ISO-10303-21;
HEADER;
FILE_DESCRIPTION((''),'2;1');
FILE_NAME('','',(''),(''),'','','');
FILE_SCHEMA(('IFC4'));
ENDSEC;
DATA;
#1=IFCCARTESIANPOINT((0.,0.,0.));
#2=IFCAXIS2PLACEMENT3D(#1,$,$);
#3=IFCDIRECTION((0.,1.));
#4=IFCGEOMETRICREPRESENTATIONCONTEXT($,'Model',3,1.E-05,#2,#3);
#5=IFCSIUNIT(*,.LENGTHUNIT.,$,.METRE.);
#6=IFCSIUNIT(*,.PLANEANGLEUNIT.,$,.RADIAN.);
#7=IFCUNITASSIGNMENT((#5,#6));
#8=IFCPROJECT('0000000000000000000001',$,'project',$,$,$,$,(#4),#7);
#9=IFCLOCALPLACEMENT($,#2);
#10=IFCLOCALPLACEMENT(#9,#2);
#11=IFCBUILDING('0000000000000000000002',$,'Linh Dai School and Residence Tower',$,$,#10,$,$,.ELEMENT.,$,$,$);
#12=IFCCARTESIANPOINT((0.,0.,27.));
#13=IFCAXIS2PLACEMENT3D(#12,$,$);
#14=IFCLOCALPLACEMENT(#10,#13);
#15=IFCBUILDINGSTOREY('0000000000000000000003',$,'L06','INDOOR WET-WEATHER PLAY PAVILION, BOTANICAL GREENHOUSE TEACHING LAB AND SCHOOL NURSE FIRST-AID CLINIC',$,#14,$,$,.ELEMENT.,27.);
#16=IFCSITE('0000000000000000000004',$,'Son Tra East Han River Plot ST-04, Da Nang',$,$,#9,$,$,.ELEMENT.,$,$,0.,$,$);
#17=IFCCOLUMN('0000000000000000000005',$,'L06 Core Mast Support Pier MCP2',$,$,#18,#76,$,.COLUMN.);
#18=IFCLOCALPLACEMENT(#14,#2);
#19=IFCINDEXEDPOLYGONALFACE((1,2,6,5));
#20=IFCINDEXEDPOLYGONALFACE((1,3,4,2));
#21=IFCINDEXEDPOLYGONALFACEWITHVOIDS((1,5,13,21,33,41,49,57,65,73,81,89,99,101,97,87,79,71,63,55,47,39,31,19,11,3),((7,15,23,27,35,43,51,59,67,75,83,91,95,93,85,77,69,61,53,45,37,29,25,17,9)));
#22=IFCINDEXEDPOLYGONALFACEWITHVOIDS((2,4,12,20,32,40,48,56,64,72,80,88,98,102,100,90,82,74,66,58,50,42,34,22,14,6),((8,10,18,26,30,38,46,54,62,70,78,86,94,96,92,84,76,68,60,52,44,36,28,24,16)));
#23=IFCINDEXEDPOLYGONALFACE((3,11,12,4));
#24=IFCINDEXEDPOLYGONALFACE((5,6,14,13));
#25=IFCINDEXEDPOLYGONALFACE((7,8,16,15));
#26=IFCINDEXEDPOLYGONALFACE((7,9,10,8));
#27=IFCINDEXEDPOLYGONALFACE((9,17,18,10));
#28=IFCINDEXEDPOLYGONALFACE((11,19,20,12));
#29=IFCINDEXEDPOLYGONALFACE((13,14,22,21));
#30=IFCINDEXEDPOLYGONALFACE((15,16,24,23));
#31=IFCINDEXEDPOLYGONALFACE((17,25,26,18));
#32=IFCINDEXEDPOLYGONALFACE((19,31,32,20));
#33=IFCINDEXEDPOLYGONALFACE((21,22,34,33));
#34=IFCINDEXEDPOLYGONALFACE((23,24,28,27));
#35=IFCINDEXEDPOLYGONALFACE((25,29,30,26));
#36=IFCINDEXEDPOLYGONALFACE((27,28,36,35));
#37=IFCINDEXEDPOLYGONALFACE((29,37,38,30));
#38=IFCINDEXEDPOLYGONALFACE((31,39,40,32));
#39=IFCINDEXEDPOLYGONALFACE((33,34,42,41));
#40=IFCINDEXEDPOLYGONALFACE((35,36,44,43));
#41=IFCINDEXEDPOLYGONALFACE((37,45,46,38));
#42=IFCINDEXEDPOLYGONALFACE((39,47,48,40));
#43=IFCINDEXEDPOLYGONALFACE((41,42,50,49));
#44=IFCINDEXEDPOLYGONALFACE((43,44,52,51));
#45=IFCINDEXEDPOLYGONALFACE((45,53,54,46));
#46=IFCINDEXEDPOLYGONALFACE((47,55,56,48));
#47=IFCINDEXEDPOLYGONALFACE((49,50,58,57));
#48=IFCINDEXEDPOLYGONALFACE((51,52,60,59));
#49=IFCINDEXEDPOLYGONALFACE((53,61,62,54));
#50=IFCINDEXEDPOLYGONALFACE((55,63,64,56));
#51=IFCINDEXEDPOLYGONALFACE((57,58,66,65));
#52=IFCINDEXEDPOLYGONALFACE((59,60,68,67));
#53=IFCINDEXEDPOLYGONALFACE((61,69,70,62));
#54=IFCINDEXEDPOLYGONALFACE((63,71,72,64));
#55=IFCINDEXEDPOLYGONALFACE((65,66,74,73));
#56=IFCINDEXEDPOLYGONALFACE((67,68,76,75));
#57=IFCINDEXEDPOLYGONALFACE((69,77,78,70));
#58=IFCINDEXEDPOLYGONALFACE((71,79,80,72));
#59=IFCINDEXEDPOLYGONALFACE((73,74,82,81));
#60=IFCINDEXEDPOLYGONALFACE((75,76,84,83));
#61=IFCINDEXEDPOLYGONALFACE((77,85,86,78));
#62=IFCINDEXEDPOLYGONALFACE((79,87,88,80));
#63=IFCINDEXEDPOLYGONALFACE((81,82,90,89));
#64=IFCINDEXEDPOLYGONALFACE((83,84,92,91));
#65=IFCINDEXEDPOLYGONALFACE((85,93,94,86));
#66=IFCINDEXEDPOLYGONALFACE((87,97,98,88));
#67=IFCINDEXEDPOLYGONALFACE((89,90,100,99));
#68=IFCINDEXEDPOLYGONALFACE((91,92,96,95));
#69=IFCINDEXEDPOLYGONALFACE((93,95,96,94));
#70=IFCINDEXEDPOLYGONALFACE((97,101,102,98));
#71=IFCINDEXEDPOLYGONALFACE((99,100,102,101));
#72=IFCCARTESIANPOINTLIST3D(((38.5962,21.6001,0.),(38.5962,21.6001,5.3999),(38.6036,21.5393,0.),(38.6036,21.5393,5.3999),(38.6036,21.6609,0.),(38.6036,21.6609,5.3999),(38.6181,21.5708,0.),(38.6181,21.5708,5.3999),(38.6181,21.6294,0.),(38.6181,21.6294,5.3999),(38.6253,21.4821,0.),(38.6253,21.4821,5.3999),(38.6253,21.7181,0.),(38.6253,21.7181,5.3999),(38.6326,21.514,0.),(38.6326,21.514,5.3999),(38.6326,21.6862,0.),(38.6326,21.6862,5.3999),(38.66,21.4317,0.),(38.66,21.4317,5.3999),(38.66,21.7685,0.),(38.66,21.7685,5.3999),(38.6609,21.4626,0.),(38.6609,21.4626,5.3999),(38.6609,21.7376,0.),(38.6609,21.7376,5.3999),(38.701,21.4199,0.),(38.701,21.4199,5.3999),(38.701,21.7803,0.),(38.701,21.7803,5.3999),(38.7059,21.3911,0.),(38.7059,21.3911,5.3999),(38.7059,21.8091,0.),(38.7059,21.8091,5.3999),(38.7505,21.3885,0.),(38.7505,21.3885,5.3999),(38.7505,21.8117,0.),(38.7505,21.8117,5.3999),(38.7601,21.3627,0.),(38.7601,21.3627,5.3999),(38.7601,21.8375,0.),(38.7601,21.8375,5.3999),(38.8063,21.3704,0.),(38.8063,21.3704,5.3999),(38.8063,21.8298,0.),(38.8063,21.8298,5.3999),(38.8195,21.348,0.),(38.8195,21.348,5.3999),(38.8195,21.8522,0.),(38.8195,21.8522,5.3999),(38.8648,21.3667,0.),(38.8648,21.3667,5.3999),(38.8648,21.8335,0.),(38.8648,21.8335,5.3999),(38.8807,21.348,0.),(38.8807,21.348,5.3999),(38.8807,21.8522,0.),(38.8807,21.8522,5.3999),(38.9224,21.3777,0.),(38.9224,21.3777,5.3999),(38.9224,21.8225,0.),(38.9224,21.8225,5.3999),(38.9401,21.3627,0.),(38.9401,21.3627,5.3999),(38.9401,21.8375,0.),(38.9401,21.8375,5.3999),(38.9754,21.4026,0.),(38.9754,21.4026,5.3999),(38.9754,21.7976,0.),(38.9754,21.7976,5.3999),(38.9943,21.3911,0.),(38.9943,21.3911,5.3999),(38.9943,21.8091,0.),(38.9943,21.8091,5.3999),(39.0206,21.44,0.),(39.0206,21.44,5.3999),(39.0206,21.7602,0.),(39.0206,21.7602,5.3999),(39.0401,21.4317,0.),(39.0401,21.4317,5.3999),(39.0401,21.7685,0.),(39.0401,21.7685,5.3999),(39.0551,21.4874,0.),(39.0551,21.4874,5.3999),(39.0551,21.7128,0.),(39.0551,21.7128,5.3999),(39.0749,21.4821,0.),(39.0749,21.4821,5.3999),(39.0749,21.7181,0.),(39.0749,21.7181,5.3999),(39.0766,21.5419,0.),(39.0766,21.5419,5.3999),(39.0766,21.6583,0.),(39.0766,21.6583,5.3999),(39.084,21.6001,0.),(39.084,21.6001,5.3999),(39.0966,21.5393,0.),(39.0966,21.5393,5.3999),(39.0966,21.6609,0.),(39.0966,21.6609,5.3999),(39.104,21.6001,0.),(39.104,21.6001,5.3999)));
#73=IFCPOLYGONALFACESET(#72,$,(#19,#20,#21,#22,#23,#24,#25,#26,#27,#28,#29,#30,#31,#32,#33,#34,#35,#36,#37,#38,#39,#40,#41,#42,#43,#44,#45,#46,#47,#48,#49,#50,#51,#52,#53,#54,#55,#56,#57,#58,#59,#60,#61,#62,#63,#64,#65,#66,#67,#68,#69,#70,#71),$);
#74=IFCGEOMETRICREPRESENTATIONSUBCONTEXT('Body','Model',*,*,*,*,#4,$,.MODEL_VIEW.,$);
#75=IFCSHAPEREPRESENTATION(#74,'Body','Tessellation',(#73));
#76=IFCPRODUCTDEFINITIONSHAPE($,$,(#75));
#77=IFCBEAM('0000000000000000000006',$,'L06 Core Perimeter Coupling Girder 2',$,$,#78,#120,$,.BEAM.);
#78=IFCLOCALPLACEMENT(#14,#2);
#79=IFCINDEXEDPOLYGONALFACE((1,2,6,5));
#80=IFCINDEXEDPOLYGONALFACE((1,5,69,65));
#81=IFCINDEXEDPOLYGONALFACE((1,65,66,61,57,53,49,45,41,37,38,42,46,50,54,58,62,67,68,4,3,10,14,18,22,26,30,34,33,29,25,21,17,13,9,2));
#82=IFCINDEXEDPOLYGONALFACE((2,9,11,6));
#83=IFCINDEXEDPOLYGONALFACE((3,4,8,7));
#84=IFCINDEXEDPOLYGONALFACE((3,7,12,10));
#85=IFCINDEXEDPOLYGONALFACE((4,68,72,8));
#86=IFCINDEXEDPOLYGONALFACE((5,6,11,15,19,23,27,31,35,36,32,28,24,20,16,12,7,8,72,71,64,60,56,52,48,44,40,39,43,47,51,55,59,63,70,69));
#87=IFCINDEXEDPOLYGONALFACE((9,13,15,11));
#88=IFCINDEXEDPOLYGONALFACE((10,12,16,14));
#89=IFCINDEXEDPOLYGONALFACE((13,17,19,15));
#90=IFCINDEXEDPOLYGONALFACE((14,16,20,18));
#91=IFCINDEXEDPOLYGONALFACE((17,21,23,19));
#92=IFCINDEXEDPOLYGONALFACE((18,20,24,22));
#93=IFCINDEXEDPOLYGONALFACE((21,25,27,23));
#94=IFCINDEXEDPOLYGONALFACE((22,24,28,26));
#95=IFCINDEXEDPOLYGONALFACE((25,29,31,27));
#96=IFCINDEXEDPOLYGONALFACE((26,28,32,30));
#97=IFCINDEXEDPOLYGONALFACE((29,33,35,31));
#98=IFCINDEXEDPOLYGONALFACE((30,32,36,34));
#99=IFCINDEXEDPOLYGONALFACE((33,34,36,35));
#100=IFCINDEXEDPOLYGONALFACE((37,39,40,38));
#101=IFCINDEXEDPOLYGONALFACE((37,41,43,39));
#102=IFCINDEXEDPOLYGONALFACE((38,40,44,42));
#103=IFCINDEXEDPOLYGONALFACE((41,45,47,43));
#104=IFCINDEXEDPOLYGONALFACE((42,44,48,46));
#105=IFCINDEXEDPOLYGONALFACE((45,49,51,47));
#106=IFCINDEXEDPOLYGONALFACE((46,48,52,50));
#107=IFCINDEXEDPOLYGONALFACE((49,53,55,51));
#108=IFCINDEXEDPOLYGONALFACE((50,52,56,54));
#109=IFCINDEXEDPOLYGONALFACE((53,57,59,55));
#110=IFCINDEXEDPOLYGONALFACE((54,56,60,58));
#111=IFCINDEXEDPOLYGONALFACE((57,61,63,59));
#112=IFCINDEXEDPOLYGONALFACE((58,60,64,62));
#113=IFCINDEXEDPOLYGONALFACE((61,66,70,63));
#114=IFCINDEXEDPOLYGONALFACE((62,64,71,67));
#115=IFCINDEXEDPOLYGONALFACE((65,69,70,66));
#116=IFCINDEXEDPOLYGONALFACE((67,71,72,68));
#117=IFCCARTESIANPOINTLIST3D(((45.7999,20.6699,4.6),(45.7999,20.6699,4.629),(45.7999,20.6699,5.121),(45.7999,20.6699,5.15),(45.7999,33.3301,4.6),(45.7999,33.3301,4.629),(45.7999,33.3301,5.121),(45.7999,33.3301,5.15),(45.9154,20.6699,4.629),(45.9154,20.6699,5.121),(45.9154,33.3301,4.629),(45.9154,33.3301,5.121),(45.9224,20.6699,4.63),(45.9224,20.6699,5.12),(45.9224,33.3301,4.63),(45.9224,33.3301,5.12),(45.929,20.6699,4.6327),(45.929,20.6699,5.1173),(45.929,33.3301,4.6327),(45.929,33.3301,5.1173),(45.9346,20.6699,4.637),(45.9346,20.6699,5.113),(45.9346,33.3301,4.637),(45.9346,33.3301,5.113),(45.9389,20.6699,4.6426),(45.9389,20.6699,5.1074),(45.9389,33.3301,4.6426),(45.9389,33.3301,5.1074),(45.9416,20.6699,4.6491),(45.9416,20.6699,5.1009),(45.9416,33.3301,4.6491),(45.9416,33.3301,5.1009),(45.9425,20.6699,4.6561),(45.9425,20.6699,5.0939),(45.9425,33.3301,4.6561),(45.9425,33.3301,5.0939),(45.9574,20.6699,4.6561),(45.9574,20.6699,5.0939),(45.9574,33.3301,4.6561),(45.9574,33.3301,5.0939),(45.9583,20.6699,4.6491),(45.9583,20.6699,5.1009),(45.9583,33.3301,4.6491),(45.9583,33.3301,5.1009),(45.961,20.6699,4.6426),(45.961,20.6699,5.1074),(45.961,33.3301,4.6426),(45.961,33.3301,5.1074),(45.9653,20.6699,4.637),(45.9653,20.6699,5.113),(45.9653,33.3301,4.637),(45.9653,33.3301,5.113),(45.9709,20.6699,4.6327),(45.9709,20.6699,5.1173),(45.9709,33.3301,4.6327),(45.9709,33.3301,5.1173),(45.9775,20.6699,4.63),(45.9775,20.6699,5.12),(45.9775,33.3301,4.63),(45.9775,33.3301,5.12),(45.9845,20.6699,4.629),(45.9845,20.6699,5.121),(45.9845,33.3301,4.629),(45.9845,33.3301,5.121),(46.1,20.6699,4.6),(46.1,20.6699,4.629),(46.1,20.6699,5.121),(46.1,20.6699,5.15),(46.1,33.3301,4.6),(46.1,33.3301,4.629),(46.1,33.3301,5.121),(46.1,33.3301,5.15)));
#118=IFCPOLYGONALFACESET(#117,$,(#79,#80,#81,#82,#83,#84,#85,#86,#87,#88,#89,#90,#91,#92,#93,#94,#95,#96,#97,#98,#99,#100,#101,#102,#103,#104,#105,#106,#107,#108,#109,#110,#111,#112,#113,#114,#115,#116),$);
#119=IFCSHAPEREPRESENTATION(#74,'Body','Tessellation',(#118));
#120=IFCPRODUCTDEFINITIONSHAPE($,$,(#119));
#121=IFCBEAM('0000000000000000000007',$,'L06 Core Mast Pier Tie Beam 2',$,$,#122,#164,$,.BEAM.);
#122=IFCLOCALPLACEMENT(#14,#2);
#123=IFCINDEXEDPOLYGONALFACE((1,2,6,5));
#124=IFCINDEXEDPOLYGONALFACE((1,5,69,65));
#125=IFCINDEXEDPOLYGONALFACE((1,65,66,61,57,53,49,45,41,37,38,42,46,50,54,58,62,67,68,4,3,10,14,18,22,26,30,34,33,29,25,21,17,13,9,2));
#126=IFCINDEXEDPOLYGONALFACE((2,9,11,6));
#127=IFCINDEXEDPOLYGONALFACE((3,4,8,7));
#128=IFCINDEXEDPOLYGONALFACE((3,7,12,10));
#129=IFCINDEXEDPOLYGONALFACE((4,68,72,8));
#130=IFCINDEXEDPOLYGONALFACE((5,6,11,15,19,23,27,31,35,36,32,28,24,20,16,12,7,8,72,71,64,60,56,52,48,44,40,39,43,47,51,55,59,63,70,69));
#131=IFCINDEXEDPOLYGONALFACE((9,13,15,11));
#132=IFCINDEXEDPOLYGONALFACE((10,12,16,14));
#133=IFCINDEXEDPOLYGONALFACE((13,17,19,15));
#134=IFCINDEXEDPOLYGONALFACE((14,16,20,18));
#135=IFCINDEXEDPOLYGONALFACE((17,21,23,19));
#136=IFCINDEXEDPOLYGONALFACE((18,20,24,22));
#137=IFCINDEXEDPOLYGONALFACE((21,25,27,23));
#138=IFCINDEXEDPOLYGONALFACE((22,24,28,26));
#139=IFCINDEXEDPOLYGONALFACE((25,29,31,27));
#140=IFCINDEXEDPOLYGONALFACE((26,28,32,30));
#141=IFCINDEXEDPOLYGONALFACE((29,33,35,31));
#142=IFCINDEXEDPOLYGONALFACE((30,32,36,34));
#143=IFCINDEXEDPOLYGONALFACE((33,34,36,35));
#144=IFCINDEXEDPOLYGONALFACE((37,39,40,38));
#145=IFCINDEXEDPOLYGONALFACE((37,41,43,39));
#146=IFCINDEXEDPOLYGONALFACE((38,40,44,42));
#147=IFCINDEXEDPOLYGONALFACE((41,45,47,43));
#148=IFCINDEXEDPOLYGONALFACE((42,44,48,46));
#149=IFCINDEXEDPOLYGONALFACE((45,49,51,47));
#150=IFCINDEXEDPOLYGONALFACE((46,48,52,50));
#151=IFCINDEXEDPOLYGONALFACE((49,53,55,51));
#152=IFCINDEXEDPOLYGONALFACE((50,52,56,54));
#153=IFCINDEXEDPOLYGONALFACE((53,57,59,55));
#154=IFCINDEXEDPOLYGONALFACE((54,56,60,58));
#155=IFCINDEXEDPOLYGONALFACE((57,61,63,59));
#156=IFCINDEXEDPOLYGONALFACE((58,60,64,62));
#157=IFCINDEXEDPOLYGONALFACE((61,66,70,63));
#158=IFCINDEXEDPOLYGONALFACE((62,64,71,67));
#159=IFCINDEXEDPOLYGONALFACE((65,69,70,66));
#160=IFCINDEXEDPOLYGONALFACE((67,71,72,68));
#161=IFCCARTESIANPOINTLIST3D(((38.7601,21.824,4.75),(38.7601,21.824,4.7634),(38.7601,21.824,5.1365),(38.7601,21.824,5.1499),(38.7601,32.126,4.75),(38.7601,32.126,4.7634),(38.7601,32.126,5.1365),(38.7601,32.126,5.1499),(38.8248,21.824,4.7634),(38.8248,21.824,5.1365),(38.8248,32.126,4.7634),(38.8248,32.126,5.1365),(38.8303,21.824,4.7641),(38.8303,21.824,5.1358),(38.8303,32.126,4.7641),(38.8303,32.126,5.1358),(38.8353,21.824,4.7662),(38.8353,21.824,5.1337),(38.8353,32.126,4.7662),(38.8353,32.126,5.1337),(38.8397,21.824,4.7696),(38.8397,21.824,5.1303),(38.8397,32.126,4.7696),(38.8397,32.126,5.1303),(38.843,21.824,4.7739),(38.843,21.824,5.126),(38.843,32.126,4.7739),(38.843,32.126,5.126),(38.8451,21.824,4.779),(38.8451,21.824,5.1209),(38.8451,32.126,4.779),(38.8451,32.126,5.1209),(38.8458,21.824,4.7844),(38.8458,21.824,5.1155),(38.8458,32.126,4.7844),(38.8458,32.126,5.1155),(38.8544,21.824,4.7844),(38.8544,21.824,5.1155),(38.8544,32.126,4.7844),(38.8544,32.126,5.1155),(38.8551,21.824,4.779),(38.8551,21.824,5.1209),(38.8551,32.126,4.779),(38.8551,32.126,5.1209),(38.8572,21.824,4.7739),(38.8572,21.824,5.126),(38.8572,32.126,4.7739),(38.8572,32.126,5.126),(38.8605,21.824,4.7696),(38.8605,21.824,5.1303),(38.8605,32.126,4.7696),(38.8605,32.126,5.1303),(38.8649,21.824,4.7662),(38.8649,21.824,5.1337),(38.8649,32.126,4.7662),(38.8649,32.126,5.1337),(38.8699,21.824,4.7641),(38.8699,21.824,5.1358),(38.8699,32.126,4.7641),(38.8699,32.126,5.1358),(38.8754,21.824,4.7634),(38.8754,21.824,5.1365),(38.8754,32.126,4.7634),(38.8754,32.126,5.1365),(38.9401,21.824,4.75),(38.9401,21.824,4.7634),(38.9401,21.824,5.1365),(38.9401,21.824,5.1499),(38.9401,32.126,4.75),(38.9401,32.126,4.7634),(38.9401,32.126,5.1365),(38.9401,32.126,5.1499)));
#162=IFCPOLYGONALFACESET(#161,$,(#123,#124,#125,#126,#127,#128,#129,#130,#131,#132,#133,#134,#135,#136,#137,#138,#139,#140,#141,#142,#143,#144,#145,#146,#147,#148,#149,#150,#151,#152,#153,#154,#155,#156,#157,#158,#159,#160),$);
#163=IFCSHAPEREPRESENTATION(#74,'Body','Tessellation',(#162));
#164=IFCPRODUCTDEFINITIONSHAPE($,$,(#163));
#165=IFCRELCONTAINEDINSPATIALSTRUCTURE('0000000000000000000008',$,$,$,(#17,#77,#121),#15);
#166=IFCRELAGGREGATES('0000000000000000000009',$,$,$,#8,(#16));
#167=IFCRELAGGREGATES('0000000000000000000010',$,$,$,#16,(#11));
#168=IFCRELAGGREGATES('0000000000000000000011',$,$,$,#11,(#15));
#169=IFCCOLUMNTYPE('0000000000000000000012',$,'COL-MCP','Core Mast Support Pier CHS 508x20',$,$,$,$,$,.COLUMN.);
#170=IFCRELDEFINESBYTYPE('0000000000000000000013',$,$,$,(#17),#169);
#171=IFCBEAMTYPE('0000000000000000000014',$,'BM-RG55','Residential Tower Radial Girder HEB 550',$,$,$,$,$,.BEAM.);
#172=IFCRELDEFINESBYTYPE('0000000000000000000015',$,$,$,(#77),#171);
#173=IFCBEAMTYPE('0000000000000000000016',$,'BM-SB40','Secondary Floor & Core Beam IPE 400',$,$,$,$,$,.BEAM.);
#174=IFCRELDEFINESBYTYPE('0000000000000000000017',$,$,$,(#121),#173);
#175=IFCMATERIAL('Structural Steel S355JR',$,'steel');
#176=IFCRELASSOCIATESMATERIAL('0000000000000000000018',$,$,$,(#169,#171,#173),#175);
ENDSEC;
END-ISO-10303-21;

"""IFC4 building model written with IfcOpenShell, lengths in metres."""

from ifc_helpers import new_model, si_unit, direction, frame, origin, origin_2d, place, context, subcontext, project, spatial, hollow_circle, i_section, extrude, material, material_profile, profile_set, type_object, element, save


model = new_model("IFC4")

# Units and contexts
model_context = context("Model", 3, precision=1e-05, world=origin(), true_north=direction((0.0, 1.0)))
body_context = subcontext(model_context, "Body", "Model", "MODEL_VIEW")
ifc_project = project(units=[si_unit("LENGTHUNIT", "METRE"), si_unit("PLANEANGLEUNIT", "RADIAN")], contexts=[model_context])

# Site, building, storey
site_placement = place(None, origin())
site = spatial("IfcSite", under=ifc_project, at=site_placement, Name="Son Tra East Han River Plot ST-04, Da Nang", CompositionType="ELEMENT", RefElevation=0.0)
building_placement = place(site_placement, origin())
building = spatial("IfcBuilding", under=site, at=building_placement, Name="Linh Dai School and Residence Tower", CompositionType="ELEMENT")
storey_placement = place(building_placement, frame((0.0, 0.0, 27.0)))
storey = spatial("IfcBuildingStorey", under=building, at=storey_placement, Name="L06", Description="INDOOR WET-WEATHER PLAY PAVILION, BOTANICAL GREENHOUSE TEACHING LAB AND SCHOOL NURSE FIRST-AID CLINIC", CompositionType="ELEMENT", Elevation=27.0)

# Column
ifc_material_1 = material(Name="Structural Steel S355JR", Category="steel")
ifc_material_profile_1 = material_profile(ifc_material_1, hollow_circle(Radius=0.2539, WallThickness=0.02, at=origin_2d()), Name="CHS 508x20")
ifc_profile_set_1 = profile_set([ifc_material_profile_1], Name="Structural Steel S355JR")
column_type_1 = type_object("IfcColumnType", Name="COL-MCP", Description="Core Mast Support Pier CHS 508x20", PredefinedType="COLUMN", material=ifc_profile_set_1)
column_1_placement = place(storey_placement, frame((38.8501, 21.6001, 0.0), z_axis=(0.0, 0.0, 1.0), x_axis=(1.0, 0.0, 0.0)))
element("IfcColumn", 1, at=column_1_placement, inside=storey, type_object=column_type_1, Name="L06 Core Mast Support Pier MCP2", PredefinedType="COLUMN", context=body_context, shape_type="SweptSolid", body=[
    extrude(hollow_circle(Radius=0.2539, WallThickness=0.02, at=origin_2d()), origin(), (0.0, 0.0, 1.0), 5.3999),
])

# Beams
ifc_material_profile_2 = material_profile(ifc_material_1, i_section(OverallWidth=0.3, OverallDepth=0.55, WebThickness=0.0149, FlangeThickness=0.0291, FilletRadius=0.0271, at=origin_2d()), Name="HEB 550")
ifc_profile_set_2 = profile_set([ifc_material_profile_2], Name="Structural Steel S355JR")
beam_type_1 = type_object("IfcBeamType", Name="BM-RG55", Description="Residential Tower Radial Girder HEB 550", PredefinedType="BEAM", material=ifc_profile_set_2)
beam_1_placement = place(storey_placement, frame((45.95, 20.6699, 4.875), z_axis=(0.0, 1.0, 0.0), x_axis=(-1.0, 0.0, 0.0)))
element("IfcBeam", 2, at=beam_1_placement, inside=storey, type_object=beam_type_1, Name="L06 Core Perimeter Coupling Girder 2", PredefinedType="BEAM", context=body_context, shape_type="SweptSolid", body=[
    extrude(i_section(OverallWidth=0.3, OverallDepth=0.55, WebThickness=0.0149, FlangeThickness=0.0291, FilletRadius=0.0271, at=origin_2d()), origin(), (0.0, 0.0, 1.0), 12.6602),
])
ifc_material_profile_3 = material_profile(ifc_material_1, i_section(OverallWidth=0.1799, OverallDepth=0.3999, WebThickness=0.0085, FlangeThickness=0.0134, FilletRadius=0.021, at=origin_2d()), Name="IPE 400")
ifc_profile_set_3 = profile_set([ifc_material_profile_3], Name="Structural Steel S355JR")
beam_type_2 = type_object("IfcBeamType", Name="BM-SB40", Description="Secondary Floor & Core Beam IPE 400", PredefinedType="BEAM", material=ifc_profile_set_3)
beam_2_placement = place(storey_placement, frame((38.8501, 21.824, 4.95), z_axis=(0.0, 1.0, 0.0), x_axis=(-1.0, 0.0, 0.0)))
element("IfcBeam", 3, at=beam_2_placement, inside=storey, type_object=beam_type_2, Name="L06 Core Mast Pier Tie Beam 2", PredefinedType="BEAM", context=body_context, shape_type="SweptSolid", body=[
    extrude(i_section(OverallWidth=0.1799, OverallDepth=0.3999, WebThickness=0.0085, FlangeThickness=0.0134, FilletRadius=0.021, at=origin_2d()), origin(), (0.0, 0.0, 1.0), 10.302),
])

save(model, "model.ifc")
